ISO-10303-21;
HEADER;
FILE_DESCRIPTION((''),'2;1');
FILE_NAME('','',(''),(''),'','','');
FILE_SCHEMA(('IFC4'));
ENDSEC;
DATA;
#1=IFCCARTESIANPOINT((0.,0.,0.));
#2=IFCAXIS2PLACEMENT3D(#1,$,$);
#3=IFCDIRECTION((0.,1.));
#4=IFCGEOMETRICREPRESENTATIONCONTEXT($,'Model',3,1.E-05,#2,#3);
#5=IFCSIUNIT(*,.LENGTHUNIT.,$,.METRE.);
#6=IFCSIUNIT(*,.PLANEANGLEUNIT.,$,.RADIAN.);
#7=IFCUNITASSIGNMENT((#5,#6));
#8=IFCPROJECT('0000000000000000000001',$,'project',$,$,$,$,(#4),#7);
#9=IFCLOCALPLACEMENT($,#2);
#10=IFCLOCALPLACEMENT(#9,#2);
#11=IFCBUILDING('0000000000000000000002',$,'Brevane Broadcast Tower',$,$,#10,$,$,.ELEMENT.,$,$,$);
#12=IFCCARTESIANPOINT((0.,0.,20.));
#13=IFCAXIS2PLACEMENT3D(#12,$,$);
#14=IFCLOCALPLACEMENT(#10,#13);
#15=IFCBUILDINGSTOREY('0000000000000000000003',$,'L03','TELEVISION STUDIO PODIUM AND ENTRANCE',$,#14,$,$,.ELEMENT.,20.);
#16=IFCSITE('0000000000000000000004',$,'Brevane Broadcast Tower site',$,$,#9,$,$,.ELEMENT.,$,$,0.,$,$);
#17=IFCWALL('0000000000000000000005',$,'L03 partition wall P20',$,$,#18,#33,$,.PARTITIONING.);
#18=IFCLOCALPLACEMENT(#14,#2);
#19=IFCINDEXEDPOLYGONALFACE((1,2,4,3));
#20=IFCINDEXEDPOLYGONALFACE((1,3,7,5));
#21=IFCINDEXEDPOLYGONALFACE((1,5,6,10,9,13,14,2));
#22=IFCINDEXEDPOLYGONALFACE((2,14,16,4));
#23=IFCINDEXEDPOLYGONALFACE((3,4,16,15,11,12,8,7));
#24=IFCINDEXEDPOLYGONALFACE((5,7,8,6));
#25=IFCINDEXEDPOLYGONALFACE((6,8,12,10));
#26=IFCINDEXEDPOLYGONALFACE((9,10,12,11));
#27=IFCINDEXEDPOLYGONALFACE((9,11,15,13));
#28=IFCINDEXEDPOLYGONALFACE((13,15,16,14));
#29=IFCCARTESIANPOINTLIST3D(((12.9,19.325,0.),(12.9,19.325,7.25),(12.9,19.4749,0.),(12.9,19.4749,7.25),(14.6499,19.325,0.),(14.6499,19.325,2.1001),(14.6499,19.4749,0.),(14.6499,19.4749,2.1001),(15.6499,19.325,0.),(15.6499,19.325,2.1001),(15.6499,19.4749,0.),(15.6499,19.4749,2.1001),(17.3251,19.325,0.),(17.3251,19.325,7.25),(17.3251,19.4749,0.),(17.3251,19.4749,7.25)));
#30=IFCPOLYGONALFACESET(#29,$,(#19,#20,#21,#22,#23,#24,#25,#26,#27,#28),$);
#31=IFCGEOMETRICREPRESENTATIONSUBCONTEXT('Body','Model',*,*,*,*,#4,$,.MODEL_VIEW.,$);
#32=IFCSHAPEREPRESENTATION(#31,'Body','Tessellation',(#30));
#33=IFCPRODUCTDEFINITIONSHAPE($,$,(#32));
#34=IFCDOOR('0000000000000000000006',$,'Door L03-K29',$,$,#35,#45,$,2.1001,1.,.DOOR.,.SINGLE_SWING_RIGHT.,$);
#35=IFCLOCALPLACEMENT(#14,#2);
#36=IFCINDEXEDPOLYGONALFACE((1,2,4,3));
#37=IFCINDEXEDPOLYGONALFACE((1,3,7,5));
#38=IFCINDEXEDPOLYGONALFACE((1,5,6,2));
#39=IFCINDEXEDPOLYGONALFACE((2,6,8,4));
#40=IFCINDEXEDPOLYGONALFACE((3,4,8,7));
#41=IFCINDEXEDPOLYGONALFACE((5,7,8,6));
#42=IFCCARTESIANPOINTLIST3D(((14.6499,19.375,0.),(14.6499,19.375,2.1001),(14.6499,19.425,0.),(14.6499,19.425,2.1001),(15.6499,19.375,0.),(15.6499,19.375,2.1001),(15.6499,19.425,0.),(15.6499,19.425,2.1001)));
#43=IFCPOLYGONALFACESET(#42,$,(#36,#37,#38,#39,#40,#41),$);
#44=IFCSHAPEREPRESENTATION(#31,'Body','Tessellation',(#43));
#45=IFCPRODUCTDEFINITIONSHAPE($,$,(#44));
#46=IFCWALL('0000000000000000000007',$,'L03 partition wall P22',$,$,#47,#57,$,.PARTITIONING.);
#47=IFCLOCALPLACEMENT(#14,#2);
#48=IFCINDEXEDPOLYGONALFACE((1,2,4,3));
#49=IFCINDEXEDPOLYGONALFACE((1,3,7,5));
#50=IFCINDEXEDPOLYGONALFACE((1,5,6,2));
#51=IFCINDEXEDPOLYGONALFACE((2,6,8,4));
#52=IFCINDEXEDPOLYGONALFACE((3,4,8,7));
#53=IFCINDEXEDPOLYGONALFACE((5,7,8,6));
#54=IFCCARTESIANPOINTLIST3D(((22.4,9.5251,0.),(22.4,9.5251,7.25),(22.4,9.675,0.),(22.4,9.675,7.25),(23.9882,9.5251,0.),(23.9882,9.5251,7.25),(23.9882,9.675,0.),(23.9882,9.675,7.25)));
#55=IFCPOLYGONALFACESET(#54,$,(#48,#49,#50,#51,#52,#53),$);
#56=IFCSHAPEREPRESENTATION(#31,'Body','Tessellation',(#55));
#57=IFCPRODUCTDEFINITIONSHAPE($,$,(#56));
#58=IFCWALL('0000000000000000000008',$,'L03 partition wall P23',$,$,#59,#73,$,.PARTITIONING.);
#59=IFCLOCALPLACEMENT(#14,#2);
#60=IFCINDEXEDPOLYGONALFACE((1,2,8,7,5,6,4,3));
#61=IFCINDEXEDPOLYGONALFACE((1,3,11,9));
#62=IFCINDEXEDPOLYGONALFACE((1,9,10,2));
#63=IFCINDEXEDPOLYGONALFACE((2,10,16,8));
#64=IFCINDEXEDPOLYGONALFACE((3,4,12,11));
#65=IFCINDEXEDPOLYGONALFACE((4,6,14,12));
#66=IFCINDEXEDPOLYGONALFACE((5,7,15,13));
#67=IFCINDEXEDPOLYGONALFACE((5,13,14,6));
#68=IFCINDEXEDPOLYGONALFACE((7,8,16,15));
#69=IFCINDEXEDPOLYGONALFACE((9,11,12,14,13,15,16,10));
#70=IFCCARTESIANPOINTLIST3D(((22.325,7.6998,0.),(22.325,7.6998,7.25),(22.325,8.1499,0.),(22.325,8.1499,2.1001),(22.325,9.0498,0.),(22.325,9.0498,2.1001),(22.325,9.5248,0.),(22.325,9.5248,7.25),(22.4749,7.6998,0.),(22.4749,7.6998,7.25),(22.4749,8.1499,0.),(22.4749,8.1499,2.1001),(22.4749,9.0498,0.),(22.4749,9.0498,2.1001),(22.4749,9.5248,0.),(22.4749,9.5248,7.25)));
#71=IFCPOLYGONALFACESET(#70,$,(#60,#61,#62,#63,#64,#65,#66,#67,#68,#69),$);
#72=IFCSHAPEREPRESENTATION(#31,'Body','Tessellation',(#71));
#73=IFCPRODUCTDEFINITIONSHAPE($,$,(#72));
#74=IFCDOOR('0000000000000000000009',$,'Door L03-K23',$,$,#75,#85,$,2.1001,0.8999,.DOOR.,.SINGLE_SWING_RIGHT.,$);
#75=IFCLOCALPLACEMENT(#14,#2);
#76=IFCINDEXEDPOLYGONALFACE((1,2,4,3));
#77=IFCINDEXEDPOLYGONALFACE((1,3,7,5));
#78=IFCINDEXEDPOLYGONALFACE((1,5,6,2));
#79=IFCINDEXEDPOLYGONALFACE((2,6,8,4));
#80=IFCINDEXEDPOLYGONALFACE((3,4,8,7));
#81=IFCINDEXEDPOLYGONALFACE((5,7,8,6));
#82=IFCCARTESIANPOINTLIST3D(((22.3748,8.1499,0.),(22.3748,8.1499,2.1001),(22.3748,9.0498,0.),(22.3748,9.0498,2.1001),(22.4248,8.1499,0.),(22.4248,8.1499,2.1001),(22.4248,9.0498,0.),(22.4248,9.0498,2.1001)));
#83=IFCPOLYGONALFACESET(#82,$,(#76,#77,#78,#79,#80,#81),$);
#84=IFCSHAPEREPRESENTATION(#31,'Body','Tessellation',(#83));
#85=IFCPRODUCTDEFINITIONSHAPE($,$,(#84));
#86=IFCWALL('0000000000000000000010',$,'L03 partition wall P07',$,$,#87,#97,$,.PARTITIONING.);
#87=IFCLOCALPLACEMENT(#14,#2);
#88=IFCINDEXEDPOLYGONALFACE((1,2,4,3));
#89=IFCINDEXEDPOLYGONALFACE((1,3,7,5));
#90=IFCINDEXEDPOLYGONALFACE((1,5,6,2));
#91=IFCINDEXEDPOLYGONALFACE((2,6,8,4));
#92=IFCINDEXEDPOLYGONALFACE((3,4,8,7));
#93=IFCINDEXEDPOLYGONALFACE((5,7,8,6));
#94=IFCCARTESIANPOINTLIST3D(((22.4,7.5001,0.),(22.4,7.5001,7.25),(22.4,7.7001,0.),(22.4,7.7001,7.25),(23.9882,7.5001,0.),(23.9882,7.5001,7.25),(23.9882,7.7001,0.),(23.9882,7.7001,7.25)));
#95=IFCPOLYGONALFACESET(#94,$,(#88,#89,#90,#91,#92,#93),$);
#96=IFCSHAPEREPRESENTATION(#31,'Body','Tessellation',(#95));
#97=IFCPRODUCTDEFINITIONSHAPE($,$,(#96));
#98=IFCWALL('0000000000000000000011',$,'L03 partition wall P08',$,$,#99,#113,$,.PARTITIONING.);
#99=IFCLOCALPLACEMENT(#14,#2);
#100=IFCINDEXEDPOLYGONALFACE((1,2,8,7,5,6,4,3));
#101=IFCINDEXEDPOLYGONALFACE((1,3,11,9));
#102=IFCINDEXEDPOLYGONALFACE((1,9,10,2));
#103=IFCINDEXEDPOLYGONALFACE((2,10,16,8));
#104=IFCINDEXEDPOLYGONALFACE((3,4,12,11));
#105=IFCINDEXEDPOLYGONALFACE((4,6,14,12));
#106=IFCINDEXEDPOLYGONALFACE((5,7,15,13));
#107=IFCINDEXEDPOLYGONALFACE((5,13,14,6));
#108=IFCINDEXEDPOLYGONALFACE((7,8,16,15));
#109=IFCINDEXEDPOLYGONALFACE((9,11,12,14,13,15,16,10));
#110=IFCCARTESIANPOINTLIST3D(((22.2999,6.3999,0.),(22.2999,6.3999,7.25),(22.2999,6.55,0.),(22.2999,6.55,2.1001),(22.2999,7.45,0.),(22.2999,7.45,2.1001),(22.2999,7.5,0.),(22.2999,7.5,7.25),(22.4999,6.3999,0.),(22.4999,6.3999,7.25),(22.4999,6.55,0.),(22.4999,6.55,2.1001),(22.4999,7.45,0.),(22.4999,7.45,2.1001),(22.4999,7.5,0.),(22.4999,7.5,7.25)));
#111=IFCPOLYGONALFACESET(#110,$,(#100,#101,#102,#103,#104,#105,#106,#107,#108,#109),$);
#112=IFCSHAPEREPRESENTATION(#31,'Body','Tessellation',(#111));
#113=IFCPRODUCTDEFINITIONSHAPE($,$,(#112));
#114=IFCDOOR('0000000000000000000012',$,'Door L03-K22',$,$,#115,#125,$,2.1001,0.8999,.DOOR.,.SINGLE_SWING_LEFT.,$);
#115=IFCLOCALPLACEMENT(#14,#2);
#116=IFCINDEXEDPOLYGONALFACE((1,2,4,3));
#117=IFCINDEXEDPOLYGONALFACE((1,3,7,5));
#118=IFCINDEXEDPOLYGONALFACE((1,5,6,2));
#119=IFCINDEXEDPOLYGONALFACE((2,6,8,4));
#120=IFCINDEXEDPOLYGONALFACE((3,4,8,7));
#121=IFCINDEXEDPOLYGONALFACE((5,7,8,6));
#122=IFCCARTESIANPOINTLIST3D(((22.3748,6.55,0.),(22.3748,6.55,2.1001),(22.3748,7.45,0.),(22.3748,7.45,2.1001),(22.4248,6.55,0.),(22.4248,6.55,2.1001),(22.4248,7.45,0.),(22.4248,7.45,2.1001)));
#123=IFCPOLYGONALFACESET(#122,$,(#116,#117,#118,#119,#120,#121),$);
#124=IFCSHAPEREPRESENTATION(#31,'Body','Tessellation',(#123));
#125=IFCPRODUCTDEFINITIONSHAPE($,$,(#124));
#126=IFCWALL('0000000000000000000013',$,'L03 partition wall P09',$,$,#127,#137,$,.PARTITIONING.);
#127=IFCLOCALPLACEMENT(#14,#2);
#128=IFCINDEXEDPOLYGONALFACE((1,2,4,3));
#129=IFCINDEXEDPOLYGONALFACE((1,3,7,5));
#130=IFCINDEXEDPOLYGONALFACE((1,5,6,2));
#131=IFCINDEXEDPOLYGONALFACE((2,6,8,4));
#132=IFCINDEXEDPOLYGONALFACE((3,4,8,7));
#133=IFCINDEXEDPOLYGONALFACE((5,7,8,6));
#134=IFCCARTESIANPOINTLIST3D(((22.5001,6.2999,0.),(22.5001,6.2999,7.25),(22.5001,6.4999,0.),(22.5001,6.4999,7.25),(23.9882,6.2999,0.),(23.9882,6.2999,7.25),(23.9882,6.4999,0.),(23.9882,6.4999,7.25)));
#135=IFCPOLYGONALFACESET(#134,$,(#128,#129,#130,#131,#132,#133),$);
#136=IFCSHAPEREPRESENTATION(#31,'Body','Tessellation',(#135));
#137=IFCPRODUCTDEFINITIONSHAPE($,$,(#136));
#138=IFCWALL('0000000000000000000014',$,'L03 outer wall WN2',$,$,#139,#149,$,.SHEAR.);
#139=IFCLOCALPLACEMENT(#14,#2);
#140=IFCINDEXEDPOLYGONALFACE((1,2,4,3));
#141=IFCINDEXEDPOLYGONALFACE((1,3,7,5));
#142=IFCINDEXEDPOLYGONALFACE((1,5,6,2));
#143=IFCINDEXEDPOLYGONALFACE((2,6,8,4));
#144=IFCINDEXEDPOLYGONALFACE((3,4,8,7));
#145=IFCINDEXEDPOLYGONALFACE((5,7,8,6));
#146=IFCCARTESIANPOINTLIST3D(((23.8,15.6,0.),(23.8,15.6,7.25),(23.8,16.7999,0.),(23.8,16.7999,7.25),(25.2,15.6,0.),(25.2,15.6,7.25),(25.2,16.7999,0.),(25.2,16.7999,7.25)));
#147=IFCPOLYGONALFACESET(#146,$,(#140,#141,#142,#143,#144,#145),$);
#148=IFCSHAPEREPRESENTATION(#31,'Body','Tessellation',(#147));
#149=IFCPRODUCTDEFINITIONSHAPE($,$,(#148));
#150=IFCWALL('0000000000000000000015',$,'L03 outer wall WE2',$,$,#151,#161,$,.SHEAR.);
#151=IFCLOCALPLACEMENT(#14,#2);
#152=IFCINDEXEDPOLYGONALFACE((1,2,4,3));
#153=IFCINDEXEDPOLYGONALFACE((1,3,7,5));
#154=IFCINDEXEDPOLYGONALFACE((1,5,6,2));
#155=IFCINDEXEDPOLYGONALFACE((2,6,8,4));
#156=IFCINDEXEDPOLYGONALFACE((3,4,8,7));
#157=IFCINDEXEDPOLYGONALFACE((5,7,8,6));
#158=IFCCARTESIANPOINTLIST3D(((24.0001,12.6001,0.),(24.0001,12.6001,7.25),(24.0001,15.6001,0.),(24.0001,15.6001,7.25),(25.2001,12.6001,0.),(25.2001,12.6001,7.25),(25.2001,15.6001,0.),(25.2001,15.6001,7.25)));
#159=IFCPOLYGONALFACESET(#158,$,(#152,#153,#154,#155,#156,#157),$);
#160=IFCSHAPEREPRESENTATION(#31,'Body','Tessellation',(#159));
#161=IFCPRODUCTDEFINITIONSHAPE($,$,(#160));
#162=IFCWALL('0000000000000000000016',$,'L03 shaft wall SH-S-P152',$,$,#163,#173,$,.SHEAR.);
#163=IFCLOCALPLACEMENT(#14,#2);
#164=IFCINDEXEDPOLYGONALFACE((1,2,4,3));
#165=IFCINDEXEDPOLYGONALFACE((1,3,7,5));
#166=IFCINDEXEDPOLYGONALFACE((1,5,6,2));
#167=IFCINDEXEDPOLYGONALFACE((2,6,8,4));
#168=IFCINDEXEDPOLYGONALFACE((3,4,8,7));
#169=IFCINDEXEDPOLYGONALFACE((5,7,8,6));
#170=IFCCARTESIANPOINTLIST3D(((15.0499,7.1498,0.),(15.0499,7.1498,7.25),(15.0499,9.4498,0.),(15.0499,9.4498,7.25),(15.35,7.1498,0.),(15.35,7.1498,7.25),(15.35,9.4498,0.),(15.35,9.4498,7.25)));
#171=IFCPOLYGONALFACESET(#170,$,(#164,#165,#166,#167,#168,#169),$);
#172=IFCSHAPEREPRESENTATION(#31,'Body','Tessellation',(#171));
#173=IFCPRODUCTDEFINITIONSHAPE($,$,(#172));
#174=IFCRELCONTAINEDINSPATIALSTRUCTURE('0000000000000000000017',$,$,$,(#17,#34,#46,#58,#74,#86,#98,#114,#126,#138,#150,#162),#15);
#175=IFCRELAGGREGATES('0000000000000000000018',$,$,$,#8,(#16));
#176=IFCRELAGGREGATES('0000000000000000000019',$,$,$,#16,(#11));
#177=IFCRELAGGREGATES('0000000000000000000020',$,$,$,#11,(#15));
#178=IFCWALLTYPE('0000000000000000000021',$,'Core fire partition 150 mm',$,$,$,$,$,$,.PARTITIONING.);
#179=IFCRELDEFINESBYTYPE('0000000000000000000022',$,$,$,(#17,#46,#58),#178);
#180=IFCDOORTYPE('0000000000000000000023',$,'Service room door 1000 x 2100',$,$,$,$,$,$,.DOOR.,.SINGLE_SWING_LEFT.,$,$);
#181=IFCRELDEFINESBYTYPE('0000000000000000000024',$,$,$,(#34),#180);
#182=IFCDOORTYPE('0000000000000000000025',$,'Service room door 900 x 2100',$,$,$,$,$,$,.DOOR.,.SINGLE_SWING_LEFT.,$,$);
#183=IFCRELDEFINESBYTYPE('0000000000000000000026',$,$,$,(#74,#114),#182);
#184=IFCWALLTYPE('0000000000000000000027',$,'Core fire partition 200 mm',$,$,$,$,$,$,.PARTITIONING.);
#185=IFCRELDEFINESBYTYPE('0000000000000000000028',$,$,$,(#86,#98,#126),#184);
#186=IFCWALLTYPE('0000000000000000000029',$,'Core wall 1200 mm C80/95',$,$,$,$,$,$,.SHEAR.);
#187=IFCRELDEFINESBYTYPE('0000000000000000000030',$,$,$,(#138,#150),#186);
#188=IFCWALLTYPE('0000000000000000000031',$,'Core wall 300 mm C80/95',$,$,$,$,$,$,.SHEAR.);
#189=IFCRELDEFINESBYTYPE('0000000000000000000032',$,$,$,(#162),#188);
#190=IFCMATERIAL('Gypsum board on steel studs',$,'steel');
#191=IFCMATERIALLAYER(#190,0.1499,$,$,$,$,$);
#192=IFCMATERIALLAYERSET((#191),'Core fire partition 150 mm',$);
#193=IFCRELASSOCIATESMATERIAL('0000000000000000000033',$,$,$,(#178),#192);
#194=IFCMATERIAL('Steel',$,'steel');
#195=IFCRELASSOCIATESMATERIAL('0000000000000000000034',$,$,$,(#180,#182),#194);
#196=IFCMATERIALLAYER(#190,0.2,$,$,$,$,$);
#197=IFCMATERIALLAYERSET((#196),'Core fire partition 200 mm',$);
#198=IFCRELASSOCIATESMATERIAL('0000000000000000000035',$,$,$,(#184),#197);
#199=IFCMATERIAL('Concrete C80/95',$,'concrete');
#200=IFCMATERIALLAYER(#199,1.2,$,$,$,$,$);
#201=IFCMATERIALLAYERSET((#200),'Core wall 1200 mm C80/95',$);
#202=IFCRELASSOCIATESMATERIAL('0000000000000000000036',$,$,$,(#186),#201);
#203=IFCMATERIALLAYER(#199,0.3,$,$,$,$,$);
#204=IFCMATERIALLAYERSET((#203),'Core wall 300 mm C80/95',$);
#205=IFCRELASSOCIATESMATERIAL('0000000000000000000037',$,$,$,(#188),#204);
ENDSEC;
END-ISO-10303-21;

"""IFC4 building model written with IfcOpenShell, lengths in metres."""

from ifc_helpers import new_model, si_unit, direction, frame, frame_2d, origin, place, context, subcontext, project, spatial, rectangle, extrude, material, layer, layer_set, type_object, element, fill, save


model = new_model("IFC4")

# Units and contexts
model_context = context("Model", 3, precision=1e-05, world=origin(), true_north=direction((0.0, 1.0)))
body_context = subcontext(model_context, "Body", "Model", "MODEL_VIEW")
ifc_project = project(units=[si_unit("LENGTHUNIT", "METRE"), si_unit("PLANEANGLEUNIT", "RADIAN")], contexts=[model_context])

# Site, building, storey
site_placement = place(None, origin())
site = spatial("IfcSite", under=ifc_project, at=site_placement, Name="Brevane Broadcast Tower site", CompositionType="ELEMENT", RefElevation=0.0)
building_placement = place(site_placement, origin())
building = spatial("IfcBuilding", under=site, at=building_placement, Name="Brevane Broadcast Tower", CompositionType="ELEMENT")
storey_placement = place(building_placement, frame((0.0, 0.0, 20.0)))
storey = spatial("IfcBuildingStorey", under=building, at=storey_placement, Name="L03", Description="TELEVISION STUDIO PODIUM AND ENTRANCE", CompositionType="ELEMENT", Elevation=20.0)

# Wall, opening, door
ifc_material_1 = material(Name="Gypsum board on steel studs", Category="steel")
ifc_layer_1 = layer(ifc_material_1, 0.1499)
ifc_layer_set_1 = layer_set([ifc_layer_1], Name="Core fire partition 150 mm")
wall_type_1 = type_object("IfcWallType", Name="Core fire partition 150 mm", PredefinedType="PARTITIONING", material=ifc_layer_set_1)
wall_1_placement = place(storey_placement, frame((17.325, 19.3999, 0.0), z_axis=(0.0, 0.0, 1.0), x_axis=(-1.0, 0.0, 0.0)))
wall_1 = element("IfcWall", 1, at=wall_1_placement, inside=storey, type_object=wall_type_1, Name="L03 partition wall P20", PredefinedType="PARTITIONING", context=body_context, shape_type="SweptSolid", body=[
    extrude(rectangle(XDim=4.425, YDim=0.1499, at=frame_2d((2.2124, 0.0))), origin(), (0.0, 0.0, 1.0), 7.25),
])
opening_1_placement = place(wall_1_placement, frame((1.675, 0.0, 0.0)))
opening_1 = element("IfcOpeningElement", 2, at=opening_1_placement, cuts=wall_1, PredefinedType="OPENING", context=body_context, shape_type="SweptSolid", body=[
    extrude(rectangle(XDim=1.0, YDim=2.1001, at=frame_2d((0.5, 1.05))), frame((0.0, 0.085, 0.0), z_axis=(0.0, -1.0, 0.0), x_axis=(1.0, 0.0, 0.0)), (0.0, 0.0, 1.0), 0.1699),
])
ifc_material_2 = material(Name="Steel", Category="steel")
door_type_1 = type_object("IfcDoorType", Name="Service room door 1000 x 2100", OperationType="SINGLE_SWING_LEFT", PredefinedType="DOOR", material=ifc_material_2)
door_1_placement = place(opening_1_placement, origin())
door_1 = element("IfcDoor", 3, at=door_1_placement, inside=storey, type_object=door_type_1, Name="Door L03-K29", OperationType="SINGLE_SWING_RIGHT", OverallHeight=2.1001, OverallWidth=1.0, PredefinedType="DOOR", context=body_context, shape_type="SweptSolid", body=[
    extrude(rectangle(XDim=1.0, YDim=2.1001, at=frame_2d((0.5, 1.05))), frame((0.0, 0.0249, 0.0), z_axis=(0.0, -1.0, 0.0), x_axis=(1.0, 0.0, 0.0)), (0.0, 0.0, 1.0), 0.05),
])
fill(opening_1, door_1)

# Wall
wall_2_placement = place(storey_placement, frame((23.988, 9.6001, 0.0), z_axis=(0.0, 0.0, 1.0), x_axis=(-1.0, 0.0, 0.0)))
element("IfcWall", 4, at=wall_2_placement, inside=storey, type_object=wall_type_1, Name="L03 partition wall P22", PredefinedType="PARTITIONING", context=body_context, shape_type="SweptSolid", body=[
    extrude(rectangle(XDim=1.5881, YDim=0.1499, at=frame_2d((0.7939, 0.0))), origin(), (0.0, 0.0, 1.0), 7.25),
])

# Wall, opening, door
wall_3_placement = place(storey_placement, frame((22.3999, 9.5249, 0.0), z_axis=(0.0, 0.0, 1.0), x_axis=(0.0, -1.0, 0.0)))
wall_3 = element("IfcWall", 5, at=wall_3_placement, inside=storey, type_object=wall_type_1, Name="L03 partition wall P23", PredefinedType="PARTITIONING", context=body_context, shape_type="SweptSolid", body=[
    extrude(rectangle(XDim=1.825, YDim=0.1499, at=frame_2d((0.9126, 0.0))), origin(), (0.0, 0.0, 1.0), 7.25),
])
opening_2_placement = place(wall_3_placement, frame((0.4751, 0.0, 0.0)))
opening_2 = element("IfcOpeningElement", 6, at=opening_2_placement, cuts=wall_3, PredefinedType="OPENING", context=body_context, shape_type="SweptSolid", body=[
    extrude(rectangle(XDim=0.8999, YDim=2.1001, at=frame_2d((0.45, 1.05))), frame((0.0, 0.085, 0.0), z_axis=(0.0, -1.0, 0.0), x_axis=(1.0, 0.0, 0.0)), (0.0, 0.0, 1.0), 0.1699),
])
door_type_2 = type_object("IfcDoorType", Name="Service room door 900 x 2100", OperationType="SINGLE_SWING_LEFT", PredefinedType="DOOR", material=ifc_material_2)
door_2_placement = place(opening_2_placement, origin())
door_2 = element("IfcDoor", 7, at=door_2_placement, inside=storey, type_object=door_type_2, Name="Door L03-K23", OperationType="SINGLE_SWING_RIGHT", OverallHeight=2.1001, OverallWidth=0.8999, PredefinedType="DOOR", context=body_context, shape_type="SweptSolid", body=[
    extrude(rectangle(XDim=0.8999, YDim=2.1001, at=frame_2d((0.45, 1.05))), frame((0.0, 0.0249, 0.0), z_axis=(0.0, -1.0, 0.0), x_axis=(1.0, 0.0, 0.0)), (0.0, 0.0, 1.0), 0.05),
])
fill(opening_2, door_2)

# Wall
ifc_layer_2 = layer(ifc_material_1, 0.2)
ifc_layer_set_2 = layer_set([ifc_layer_2], Name="Core fire partition 200 mm")
wall_type_2 = type_object("IfcWallType", Name="Core fire partition 200 mm", PredefinedType="PARTITIONING", material=ifc_layer_set_2)
wall_4_placement = place(storey_placement, frame((23.988, 7.6001, 0.0), z_axis=(0.0, 0.0, 1.0), x_axis=(-1.0, 0.0, 0.0)))
element("IfcWall", 8, at=wall_4_placement, inside=storey, type_object=wall_type_2, Name="L03 partition wall P07", PredefinedType="PARTITIONING", context=body_context, shape_type="SweptSolid", body=[
    extrude(rectangle(XDim=1.5881, YDim=0.2, at=frame_2d((0.7939, 0.0))), origin(), (0.0, 0.0, 1.0), 7.25),
])

# Wall, opening, door
wall_5_placement = place(storey_placement, frame((22.3999, 7.5, 0.0), z_axis=(0.0, 0.0, 1.0), x_axis=(0.0, -1.0, 0.0)))
wall_5 = element("IfcWall", 9, at=wall_5_placement, inside=storey, type_object=wall_type_2, Name="L03 partition wall P08", PredefinedType="PARTITIONING", context=body_context, shape_type="SweptSolid", body=[
    extrude(rectangle(XDim=1.1001, YDim=0.2, at=frame_2d((0.55, 0.0))), origin(), (0.0, 0.0, 1.0), 7.25),
])
opening_3_placement = place(wall_5_placement, frame((0.05, 0.0, 0.0)))
opening_3 = element("IfcOpeningElement", 10, at=opening_3_placement, cuts=wall_5, PredefinedType="OPENING", context=body_context, shape_type="SweptSolid", body=[
    extrude(rectangle(XDim=0.8999, YDim=2.1001, at=frame_2d((0.45, 1.05))), frame((0.0, 0.1099, 0.0), z_axis=(0.0, -1.0, 0.0), x_axis=(1.0, 0.0, 0.0)), (0.0, 0.0, 1.0), 0.22),
])
door_3_placement = place(opening_3_placement, origin())
door_3 = element("IfcDoor", 11, at=door_3_placement, inside=storey, type_object=door_type_2, Name="Door L03-K22", OperationType="SINGLE_SWING_LEFT", OverallHeight=2.1001, OverallWidth=0.8999, PredefinedType="DOOR", context=body_context, shape_type="SweptSolid", body=[
    extrude(rectangle(XDim=0.8999, YDim=2.1001, at=frame_2d((0.45, 1.05))), frame((0.0, 0.0249, 0.0), z_axis=(0.0, -1.0, 0.0), x_axis=(1.0, 0.0, 0.0)), (0.0, 0.0, 1.0), 0.05),
])
fill(opening_3, door_3)

# Walls
wall_6_placement = place(storey_placement, frame((22.5, 6.3999, 0.0), z_axis=(0.0, 0.0, 1.0), x_axis=(1.0, 0.0, 0.0)))
element("IfcWall", 12, at=wall_6_placement, inside=storey, type_object=wall_type_2, Name="L03 partition wall P09", PredefinedType="PARTITIONING", context=body_context, shape_type="SweptSolid", body=[
    extrude(rectangle(XDim=1.488, YDim=0.2, at=frame_2d((0.7441, 0.0))), origin(), (0.0, 0.0, 1.0), 7.25),
])
ifc_material_3 = material(Name="Concrete C80/95", Category="concrete")
ifc_layer_3 = layer(ifc_material_3, 1.2)
ifc_layer_set_3 = layer_set([ifc_layer_3], Name="Core wall 1200 mm C80/95")
wall_type_3 = type_object("IfcWallType", Name="Core wall 1200 mm C80/95", PredefinedType="SHEAR", material=ifc_layer_set_3)
wall_7_placement = place(storey_placement, frame((23.8, 16.2, 0.0), z_axis=(0.0, 0.0, 1.0), x_axis=(1.0, 0.0, 0.0)))
element("IfcWall", 13, at=wall_7_placement, inside=storey, type_object=wall_type_3, Name="L03 outer wall WN2", PredefinedType="SHEAR", context=body_context, shape_type="SweptSolid", body=[
    extrude(rectangle(XDim=1.3999, YDim=1.2, at=frame_2d((0.7, 0.0))), origin(), (0.0, 0.0, 1.0), 7.25),
])
wall_8_placement = place(storey_placement, frame((24.6001, 12.6001, 0.0), z_axis=(0.0, 0.0, 1.0), x_axis=(0.0, 1.0, 0.0)))
element("IfcWall", 14, at=wall_8_placement, inside=storey, type_object=wall_type_3, Name="L03 outer wall WE2", PredefinedType="SHEAR", context=body_context, shape_type="SweptSolid", body=[
    extrude(rectangle(XDim=3.0, YDim=1.2, at=frame_2d((1.5, 0.0))), origin(), (0.0, 0.0, 1.0), 7.25),
])
ifc_layer_4 = layer(ifc_material_3, 0.3)
ifc_layer_set_4 = layer_set([ifc_layer_4], Name="Core wall 300 mm C80/95")
wall_type_4 = type_object("IfcWallType", Name="Core wall 300 mm C80/95", PredefinedType="SHEAR", material=ifc_layer_set_4)
for number, where, z_axis, x_axis, name in (
    (15, (15.2, 7.1499, 0.0), (0.0, 0.0, 1.0), (0.0, 1.0, 0.0), "L03 shaft wall SH-S-P152"),
):
    element("IfcWall", number, at=place(storey_placement, frame(where, z_axis=z_axis, x_axis=x_axis)), inside=storey, type_object=wall_type_4, Name=name, PredefinedType="SHEAR", context=body_context, shape_type="SweptSolid", body=[
        extrude(rectangle(XDim=2.3, YDim=0.3, at=frame_2d((1.1499, 0.0))), origin(), (0.0, 0.0, 1.0), 7.25),
    ])

save(model, "model.ifc")
